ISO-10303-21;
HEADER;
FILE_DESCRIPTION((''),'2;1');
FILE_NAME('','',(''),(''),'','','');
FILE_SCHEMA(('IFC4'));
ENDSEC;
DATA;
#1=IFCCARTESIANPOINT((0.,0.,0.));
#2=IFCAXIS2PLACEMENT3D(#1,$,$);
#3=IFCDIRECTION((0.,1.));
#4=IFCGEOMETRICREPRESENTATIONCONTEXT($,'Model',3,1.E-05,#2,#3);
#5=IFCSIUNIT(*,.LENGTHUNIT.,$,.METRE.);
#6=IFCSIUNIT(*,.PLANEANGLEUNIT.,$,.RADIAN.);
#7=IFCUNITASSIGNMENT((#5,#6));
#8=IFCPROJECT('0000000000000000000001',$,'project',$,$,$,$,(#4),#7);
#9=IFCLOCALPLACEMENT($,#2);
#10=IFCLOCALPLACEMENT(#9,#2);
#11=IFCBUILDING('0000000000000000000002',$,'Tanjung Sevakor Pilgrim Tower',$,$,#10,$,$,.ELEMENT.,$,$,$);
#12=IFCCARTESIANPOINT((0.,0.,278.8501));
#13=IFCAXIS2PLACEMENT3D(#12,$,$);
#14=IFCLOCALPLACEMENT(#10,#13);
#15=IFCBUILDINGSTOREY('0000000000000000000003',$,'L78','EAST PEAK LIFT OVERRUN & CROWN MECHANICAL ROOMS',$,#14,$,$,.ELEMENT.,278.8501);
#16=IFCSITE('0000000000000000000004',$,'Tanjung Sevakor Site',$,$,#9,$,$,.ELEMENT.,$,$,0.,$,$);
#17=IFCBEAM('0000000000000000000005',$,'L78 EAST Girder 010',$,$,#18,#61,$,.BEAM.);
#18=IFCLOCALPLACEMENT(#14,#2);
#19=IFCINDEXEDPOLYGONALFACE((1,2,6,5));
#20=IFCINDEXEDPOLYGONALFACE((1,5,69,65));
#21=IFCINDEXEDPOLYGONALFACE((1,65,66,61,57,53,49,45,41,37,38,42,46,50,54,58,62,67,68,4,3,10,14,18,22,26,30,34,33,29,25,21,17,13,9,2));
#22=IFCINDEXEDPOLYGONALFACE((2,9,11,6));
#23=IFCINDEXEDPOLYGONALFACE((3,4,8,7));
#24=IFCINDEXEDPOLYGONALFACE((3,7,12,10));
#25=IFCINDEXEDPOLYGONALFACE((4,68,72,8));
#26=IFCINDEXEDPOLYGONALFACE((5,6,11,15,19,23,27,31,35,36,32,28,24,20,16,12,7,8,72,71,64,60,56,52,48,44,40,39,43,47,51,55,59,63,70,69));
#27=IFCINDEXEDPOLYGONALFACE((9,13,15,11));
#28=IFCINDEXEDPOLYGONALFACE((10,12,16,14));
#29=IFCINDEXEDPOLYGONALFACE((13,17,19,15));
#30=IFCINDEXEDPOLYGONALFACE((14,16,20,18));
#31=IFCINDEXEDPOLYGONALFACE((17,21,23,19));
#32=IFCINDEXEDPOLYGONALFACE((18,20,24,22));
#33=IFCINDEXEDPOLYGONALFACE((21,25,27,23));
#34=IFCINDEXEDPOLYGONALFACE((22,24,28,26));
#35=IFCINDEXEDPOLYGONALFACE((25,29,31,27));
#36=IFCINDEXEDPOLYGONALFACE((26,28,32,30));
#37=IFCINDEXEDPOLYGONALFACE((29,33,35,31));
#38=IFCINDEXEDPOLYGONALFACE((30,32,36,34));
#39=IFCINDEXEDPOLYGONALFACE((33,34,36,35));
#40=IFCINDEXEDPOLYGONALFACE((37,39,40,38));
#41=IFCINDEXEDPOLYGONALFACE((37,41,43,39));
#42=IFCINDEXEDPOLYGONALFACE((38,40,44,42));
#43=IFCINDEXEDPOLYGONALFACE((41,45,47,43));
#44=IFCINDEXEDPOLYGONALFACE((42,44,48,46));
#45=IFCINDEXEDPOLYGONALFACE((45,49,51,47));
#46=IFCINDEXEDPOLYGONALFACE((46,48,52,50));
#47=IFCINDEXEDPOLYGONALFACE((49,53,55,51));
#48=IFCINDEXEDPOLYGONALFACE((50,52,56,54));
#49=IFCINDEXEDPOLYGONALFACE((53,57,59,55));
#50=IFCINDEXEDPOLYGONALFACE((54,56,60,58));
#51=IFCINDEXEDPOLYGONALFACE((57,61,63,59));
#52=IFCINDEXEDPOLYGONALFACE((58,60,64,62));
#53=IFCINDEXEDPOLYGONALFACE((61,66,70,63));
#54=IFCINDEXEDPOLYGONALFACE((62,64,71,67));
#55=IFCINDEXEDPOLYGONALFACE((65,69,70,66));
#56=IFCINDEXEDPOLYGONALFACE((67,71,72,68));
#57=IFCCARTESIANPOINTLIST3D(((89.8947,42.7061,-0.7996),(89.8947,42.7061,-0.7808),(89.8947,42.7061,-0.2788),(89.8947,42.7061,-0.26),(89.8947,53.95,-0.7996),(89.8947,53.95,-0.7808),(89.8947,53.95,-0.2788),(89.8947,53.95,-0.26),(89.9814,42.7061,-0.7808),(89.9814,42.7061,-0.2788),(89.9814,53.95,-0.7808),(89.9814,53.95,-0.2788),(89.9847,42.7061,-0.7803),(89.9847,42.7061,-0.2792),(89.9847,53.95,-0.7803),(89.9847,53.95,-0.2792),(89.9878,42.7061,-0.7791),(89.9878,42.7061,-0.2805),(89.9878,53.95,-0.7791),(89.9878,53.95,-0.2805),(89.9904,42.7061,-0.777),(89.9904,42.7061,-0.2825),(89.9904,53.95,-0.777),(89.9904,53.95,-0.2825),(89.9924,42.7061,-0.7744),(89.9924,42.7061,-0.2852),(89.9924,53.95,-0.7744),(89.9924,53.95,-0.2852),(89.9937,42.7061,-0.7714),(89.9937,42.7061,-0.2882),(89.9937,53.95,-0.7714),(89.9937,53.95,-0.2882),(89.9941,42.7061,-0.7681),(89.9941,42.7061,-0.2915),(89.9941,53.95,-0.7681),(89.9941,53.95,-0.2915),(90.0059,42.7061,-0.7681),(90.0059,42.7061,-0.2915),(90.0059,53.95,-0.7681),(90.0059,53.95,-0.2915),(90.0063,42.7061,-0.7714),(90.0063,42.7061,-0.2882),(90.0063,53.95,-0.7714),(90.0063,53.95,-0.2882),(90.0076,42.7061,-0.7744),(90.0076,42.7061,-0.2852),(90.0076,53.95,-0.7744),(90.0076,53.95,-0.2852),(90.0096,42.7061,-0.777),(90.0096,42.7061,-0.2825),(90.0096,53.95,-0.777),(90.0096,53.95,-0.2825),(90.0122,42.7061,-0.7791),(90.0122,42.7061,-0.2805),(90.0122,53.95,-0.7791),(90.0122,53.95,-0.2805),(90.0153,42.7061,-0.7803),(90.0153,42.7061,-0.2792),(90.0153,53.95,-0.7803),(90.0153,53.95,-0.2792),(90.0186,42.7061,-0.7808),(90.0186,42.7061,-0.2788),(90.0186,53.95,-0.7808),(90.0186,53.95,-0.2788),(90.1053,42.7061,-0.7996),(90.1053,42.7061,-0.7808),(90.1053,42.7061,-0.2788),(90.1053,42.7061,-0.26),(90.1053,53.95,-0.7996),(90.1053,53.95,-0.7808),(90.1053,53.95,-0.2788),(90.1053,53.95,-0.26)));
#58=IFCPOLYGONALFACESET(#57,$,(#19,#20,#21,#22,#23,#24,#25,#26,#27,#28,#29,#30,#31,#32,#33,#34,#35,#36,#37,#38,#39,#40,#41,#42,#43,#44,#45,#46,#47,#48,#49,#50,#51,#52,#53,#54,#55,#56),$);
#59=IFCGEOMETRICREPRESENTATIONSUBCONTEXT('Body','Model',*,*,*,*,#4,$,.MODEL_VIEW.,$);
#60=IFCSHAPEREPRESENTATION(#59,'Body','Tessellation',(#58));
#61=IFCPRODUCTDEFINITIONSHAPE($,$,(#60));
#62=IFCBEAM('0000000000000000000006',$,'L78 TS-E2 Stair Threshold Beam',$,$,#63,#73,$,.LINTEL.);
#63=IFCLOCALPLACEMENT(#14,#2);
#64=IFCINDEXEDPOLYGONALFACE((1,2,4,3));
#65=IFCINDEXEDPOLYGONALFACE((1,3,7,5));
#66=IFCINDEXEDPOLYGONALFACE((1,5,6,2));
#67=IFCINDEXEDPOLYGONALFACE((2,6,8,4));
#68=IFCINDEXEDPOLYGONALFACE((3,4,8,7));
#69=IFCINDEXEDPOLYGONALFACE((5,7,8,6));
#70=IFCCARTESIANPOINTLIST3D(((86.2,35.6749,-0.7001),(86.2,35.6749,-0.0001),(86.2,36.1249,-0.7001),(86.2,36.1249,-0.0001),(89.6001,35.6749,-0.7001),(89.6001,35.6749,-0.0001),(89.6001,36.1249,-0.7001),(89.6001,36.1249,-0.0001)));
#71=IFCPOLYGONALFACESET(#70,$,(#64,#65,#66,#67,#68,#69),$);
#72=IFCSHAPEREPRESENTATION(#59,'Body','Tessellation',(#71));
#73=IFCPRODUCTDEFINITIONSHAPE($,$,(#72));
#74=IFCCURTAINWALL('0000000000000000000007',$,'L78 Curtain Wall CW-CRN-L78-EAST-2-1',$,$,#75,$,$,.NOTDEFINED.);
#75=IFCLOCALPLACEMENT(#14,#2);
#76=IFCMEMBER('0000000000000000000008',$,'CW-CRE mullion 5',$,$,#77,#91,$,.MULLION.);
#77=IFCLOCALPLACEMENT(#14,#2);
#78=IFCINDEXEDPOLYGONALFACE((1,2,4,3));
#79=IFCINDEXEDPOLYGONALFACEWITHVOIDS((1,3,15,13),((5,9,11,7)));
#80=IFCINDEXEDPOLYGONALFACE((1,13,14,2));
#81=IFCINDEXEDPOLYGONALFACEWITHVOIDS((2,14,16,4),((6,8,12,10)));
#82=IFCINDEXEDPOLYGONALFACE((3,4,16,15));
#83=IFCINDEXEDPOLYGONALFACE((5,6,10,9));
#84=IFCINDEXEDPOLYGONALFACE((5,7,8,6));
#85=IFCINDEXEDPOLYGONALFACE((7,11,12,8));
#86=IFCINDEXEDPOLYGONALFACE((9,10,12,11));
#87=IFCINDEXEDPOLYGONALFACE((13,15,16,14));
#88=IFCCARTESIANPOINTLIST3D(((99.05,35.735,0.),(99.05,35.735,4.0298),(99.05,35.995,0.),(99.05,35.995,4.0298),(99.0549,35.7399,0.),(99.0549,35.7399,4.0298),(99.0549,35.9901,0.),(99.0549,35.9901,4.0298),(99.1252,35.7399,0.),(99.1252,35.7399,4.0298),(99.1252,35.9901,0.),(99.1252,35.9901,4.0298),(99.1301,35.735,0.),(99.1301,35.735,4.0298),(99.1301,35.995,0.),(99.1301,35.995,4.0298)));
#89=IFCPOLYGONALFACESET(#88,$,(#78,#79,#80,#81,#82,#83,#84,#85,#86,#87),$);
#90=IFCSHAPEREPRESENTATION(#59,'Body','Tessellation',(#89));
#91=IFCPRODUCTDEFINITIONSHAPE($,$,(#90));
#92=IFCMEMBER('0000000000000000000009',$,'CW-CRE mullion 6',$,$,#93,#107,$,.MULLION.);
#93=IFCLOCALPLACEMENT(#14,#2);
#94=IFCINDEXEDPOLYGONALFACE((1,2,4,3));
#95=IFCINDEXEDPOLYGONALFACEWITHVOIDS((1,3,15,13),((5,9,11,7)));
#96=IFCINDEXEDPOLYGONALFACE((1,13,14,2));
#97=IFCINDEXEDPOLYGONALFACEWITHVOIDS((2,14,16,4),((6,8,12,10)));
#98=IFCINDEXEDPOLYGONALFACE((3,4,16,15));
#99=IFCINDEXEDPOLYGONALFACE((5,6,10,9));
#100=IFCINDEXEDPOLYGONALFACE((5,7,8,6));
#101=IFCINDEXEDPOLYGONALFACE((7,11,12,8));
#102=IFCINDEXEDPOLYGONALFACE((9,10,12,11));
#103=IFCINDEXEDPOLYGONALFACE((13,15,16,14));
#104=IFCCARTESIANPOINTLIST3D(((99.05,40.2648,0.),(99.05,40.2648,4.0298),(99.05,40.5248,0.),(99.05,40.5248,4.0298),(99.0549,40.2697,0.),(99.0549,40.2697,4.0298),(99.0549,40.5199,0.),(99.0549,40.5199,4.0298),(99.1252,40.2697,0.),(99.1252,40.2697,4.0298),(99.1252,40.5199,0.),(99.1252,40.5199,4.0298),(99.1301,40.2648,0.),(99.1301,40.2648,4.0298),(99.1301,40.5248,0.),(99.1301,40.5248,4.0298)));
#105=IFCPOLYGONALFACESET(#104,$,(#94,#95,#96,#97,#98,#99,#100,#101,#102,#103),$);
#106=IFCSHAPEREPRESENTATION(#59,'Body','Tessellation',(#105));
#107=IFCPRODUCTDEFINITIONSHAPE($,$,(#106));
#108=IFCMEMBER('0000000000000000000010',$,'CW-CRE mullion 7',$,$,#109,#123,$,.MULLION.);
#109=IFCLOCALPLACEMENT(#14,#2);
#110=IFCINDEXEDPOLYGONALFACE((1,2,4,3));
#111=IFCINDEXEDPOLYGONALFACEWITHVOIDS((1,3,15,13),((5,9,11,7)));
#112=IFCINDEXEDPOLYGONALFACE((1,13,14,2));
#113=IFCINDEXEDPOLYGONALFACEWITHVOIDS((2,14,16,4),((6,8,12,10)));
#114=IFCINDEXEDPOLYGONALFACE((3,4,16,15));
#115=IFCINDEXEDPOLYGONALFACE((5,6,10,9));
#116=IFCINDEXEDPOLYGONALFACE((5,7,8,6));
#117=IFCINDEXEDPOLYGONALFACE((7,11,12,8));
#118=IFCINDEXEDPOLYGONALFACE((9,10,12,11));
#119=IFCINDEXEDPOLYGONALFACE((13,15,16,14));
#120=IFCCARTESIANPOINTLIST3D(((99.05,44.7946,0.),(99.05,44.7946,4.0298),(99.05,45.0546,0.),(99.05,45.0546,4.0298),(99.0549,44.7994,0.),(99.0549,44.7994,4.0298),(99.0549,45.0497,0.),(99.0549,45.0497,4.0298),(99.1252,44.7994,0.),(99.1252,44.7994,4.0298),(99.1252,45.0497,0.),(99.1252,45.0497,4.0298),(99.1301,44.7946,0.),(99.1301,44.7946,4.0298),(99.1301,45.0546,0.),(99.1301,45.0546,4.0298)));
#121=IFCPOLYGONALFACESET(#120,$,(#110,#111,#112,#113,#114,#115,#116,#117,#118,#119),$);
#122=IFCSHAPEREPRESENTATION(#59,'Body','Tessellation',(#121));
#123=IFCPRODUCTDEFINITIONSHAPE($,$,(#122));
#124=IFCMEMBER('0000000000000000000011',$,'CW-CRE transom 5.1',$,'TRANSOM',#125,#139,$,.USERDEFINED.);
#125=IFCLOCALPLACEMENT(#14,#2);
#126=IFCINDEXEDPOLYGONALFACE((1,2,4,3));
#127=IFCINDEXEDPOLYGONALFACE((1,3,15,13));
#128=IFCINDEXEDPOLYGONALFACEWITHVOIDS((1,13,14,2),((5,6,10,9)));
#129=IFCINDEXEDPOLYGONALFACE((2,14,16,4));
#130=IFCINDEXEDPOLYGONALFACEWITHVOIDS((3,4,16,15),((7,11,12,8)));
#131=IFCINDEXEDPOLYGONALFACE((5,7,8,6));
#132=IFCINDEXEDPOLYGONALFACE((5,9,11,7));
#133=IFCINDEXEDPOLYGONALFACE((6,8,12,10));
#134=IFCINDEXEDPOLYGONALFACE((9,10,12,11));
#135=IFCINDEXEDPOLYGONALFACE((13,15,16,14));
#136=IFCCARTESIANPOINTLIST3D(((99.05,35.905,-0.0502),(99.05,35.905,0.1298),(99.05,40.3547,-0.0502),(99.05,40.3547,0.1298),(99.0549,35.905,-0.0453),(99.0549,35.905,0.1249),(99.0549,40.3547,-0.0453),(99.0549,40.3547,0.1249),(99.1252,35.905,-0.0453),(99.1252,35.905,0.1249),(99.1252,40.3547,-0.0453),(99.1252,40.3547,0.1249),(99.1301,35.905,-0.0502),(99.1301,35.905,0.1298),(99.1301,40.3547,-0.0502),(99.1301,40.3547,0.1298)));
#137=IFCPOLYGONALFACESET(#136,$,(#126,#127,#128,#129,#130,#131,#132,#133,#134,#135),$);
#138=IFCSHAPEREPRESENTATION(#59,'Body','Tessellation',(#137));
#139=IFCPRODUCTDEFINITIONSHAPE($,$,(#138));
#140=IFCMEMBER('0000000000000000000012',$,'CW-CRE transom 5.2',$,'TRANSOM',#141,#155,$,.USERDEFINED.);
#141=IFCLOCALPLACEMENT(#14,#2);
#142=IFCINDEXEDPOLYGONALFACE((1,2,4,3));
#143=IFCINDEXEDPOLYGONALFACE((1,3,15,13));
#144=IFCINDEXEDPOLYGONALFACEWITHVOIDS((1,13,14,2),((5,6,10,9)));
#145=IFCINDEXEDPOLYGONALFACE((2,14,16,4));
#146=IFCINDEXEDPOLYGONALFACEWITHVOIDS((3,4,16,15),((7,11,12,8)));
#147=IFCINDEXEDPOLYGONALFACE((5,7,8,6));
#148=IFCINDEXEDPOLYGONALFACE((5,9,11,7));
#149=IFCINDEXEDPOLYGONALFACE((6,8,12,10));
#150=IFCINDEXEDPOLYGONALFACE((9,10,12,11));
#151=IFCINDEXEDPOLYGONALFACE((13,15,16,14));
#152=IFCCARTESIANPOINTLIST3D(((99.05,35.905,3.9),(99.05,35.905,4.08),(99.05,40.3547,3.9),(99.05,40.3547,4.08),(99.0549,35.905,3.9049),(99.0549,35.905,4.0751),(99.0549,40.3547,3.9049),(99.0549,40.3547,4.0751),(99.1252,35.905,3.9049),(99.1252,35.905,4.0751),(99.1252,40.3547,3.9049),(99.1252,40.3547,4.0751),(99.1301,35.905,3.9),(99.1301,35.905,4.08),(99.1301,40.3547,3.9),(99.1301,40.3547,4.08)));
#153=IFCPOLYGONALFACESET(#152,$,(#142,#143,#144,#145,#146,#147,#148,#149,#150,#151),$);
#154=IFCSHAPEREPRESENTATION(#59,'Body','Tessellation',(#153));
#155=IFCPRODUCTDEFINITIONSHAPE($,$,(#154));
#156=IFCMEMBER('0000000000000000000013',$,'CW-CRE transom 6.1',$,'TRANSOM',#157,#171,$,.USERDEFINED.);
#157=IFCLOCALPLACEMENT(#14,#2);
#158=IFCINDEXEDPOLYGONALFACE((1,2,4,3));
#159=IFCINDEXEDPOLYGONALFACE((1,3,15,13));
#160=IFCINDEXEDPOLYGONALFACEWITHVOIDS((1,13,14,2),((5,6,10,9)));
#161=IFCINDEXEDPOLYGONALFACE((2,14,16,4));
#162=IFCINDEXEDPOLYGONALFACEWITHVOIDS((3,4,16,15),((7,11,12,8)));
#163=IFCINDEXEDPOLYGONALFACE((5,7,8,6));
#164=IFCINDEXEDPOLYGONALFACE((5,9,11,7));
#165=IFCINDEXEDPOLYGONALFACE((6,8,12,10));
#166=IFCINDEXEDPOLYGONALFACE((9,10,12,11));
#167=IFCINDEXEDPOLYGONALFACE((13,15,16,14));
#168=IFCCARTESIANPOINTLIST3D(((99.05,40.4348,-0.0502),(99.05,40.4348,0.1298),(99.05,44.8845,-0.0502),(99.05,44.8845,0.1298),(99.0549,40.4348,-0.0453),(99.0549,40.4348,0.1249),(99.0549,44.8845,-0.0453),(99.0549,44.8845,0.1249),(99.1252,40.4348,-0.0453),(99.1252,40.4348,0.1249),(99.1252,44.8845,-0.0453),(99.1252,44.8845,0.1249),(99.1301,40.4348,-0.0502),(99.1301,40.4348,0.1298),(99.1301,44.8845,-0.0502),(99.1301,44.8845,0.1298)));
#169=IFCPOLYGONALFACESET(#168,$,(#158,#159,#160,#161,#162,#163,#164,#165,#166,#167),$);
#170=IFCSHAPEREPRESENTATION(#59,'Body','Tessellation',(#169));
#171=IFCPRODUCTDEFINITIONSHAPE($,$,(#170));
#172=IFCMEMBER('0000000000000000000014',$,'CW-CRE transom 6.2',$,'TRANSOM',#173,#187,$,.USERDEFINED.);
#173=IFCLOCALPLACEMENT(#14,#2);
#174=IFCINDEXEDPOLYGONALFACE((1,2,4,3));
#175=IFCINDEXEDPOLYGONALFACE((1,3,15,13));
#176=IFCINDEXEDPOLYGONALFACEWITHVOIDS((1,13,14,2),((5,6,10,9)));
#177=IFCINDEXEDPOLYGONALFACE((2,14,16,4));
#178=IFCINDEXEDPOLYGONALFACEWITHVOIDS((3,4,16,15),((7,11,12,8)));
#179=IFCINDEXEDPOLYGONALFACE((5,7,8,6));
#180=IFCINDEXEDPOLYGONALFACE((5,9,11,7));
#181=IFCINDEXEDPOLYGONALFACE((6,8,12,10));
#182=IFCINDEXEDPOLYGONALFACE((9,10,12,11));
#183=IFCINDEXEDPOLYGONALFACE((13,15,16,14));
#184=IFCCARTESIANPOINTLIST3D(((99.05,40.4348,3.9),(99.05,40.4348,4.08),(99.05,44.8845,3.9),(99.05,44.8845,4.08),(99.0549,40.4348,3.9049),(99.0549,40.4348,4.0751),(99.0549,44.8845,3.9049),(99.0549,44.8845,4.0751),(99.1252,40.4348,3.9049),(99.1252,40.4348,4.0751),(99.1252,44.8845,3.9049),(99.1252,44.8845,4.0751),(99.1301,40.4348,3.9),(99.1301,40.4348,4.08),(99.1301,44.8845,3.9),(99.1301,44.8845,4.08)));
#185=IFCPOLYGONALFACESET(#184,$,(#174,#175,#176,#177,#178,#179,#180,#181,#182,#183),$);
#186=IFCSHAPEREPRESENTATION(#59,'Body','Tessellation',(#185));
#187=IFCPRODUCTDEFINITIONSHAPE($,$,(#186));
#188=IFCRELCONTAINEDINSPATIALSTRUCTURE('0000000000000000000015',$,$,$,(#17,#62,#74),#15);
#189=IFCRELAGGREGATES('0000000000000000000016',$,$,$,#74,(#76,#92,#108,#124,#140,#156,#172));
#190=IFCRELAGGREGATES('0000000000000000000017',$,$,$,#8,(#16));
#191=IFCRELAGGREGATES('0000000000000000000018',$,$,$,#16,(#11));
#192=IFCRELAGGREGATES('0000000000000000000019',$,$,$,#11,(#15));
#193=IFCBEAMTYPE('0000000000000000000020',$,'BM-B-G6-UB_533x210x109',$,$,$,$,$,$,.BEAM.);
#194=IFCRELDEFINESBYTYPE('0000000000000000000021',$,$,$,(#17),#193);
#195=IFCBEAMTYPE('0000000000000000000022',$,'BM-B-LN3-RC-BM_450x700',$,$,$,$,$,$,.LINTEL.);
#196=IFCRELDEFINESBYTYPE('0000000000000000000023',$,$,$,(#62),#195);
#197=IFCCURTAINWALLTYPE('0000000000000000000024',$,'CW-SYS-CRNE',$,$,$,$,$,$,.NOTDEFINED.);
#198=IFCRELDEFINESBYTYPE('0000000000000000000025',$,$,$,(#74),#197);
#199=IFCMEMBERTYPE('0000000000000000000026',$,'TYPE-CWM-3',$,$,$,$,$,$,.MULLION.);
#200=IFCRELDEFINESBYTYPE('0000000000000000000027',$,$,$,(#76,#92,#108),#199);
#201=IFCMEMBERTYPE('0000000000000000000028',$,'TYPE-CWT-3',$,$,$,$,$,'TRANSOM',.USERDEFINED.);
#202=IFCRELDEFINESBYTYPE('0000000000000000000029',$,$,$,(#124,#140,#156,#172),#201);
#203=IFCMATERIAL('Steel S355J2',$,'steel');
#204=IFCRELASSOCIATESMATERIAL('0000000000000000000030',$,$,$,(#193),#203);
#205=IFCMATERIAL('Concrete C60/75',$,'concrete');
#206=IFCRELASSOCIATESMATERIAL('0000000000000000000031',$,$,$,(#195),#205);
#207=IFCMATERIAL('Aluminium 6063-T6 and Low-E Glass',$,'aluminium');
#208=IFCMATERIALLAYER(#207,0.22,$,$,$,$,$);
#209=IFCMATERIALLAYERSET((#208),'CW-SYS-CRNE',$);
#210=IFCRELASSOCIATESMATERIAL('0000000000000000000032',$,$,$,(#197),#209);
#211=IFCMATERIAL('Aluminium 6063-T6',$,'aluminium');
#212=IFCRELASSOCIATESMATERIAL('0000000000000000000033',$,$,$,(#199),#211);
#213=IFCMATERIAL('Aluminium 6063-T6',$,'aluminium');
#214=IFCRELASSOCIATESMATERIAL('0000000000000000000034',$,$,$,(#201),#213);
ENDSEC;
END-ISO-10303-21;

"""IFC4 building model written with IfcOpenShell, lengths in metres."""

from ifc_helpers import new_model, si_unit, direction, frame, origin, origin_2d, place, context, subcontext, project, spatial, rectangle, hollow_rectangle, i_section, extrude, material, layer, layer_set, material_profile, profile_set, type_object, element, aggregate, save


model = new_model("IFC4")

# Units and contexts
model_context = context("Model", 3, precision=1e-05, world=origin(), true_north=direction((0.0, 1.0)))
body_context = subcontext(model_context, "Body", "Model", "MODEL_VIEW")
ifc_project = project(units=[si_unit("LENGTHUNIT", "METRE"), si_unit("PLANEANGLEUNIT", "RADIAN")], contexts=[model_context])

# Site, building, storey
site_placement = place(None, origin())
site = spatial("IfcSite", under=ifc_project, at=site_placement, Name="Tanjung Sevakor Site", CompositionType="ELEMENT", RefElevation=0.0)
building_placement = place(site_placement, origin())
building = spatial("IfcBuilding", under=site, at=building_placement, Name="Tanjung Sevakor Pilgrim Tower", CompositionType="ELEMENT")
storey_placement = place(building_placement, frame((0.0, 0.0, 278.8501)))
storey = spatial("IfcBuildingStorey", under=building, at=storey_placement, Name="L78", Description="EAST PEAK LIFT OVERRUN & CROWN MECHANICAL ROOMS", CompositionType="ELEMENT", Elevation=278.8501)

# Beams
ifc_material_1 = material(Name="Steel S355J2", Category="steel")
ifc_material_profile_1 = material_profile(ifc_material_1, i_section(OverallWidth=0.2107, OverallDepth=0.5396, WebThickness=0.0117, FlangeThickness=0.0188, FilletRadius=0.0127, at=origin_2d()))
ifc_profile_set_1 = profile_set([ifc_material_profile_1], Name="Steel S355J2")
beam_type_1 = type_object("IfcBeamType", Name="BM-B-G6-UB_533x210x109", PredefinedType="BEAM", material=ifc_profile_set_1)
beam_1_placement = place(storey_placement, frame((90.0, 42.7061, -0.5298), z_axis=(0.0, 1.0, 0.0), x_axis=(-1.0, 0.0, 0.0)))
element("IfcBeam", 1, at=beam_1_placement, inside=storey, type_object=beam_type_1, Name="L78 EAST Girder 010", PredefinedType="BEAM", context=body_context, shape_type="SweptSolid", body=[
    extrude(i_section(OverallWidth=0.2107, OverallDepth=0.5396, WebThickness=0.0117, FlangeThickness=0.0188, FilletRadius=0.0127, at=origin_2d()), origin(), (0.0, 0.0, 1.0), 11.2439),
])
ifc_material_2 = material(Name="Concrete C60/75", Category="concrete")
ifc_material_profile_2 = material_profile(ifc_material_2, rectangle(XDim=0.45, YDim=0.7, at=origin_2d()))
ifc_profile_set_2 = profile_set([ifc_material_profile_2], Name="Concrete C60/75")
beam_type_2 = type_object("IfcBeamType", Name="BM-B-LN3-RC-BM_450x700", PredefinedType="LINTEL", material=ifc_profile_set_2)
beam_2_placement = place(storey_placement, frame((86.2, 35.8999, -0.3501), z_axis=(1.0, 0.0, 0.0), x_axis=(0.0, 1.0, 0.0)))
element("IfcBeam", 2, at=beam_2_placement, inside=storey, type_object=beam_type_2, Name="L78 TS-E2 Stair Threshold Beam", PredefinedType="LINTEL", context=body_context, shape_type="SweptSolid", body=[
    extrude(rectangle(XDim=0.45, YDim=0.7, at=origin_2d()), origin(), (0.0, 0.0, 1.0), 3.4001),
])

# Curtain wall, members
ifc_material_3 = material(Name="Aluminium 6063-T6 and Low-E Glass", Category="aluminium")
ifc_layer_1 = layer(ifc_material_3, 0.22)
ifc_layer_set_1 = layer_set([ifc_layer_1], Name="CW-SYS-CRNE")
curtain_wall_type = type_object("IfcCurtainWallType", Name="CW-SYS-CRNE", PredefinedType="NOTDEFINED", material=ifc_layer_set_1)
curtain_wall_placement = place(storey_placement, origin())
curtain_wall = element("IfcCurtainWall", 3, at=curtain_wall_placement, inside=storey, type_object=curtain_wall_type, Name="L78 Curtain Wall CW-CRN-L78-EAST-2-1", PredefinedType="NOTDEFINED")
ifc_material_4 = material(Name="Aluminium 6063-T6", Category="aluminium")
ifc_material_profile_3 = material_profile(ifc_material_4, hollow_rectangle(XDim=0.0801, YDim=0.26, WallThickness=0.0049, at=origin_2d()))
ifc_profile_set_3 = profile_set([ifc_material_profile_3], Name="Aluminium 6063-T6")
member_type_1 = type_object("IfcMemberType", Name="TYPE-CWM-3", PredefinedType="MULLION", material=ifc_profile_set_3)
member_1_placement = place(storey_placement, frame((99.0901, 35.865, 0.0), z_axis=(0.0, 0.0, 1.0), x_axis=(-1.0, 0.0, 0.0)))
member_1 = element("IfcMember", 4, at=member_1_placement, type_object=member_type_1, Name="CW-CRE mullion 5", PredefinedType="MULLION", context=body_context, shape_type="SweptSolid", body=[
    extrude(hollow_rectangle(XDim=0.0801, YDim=0.26, WallThickness=0.0049, at=origin_2d()), origin(), (0.0, 0.0, 1.0), 4.0298),
])
member_2_placement = place(storey_placement, frame((99.0901, 40.3948, 0.0), z_axis=(0.0, 0.0, 1.0), x_axis=(-1.0, 0.0, 0.0)))
member_2 = element("IfcMember", 5, at=member_2_placement, type_object=member_type_1, Name="CW-CRE mullion 6", PredefinedType="MULLION", context=body_context, shape_type="SweptSolid", body=[
    extrude(hollow_rectangle(XDim=0.0801, YDim=0.26, WallThickness=0.0049, at=origin_2d()), origin(), (0.0, 0.0, 1.0), 4.0298),
])
member_3_placement = place(storey_placement, frame((99.0901, 44.9246, 0.0), z_axis=(0.0, 0.0, 1.0), x_axis=(-1.0, 0.0, 0.0)))
member_3 = element("IfcMember", 6, at=member_3_placement, type_object=member_type_1, Name="CW-CRE mullion 7", PredefinedType="MULLION", context=body_context, shape_type="SweptSolid", body=[
    extrude(hollow_rectangle(XDim=0.0801, YDim=0.26, WallThickness=0.0049, at=origin_2d()), origin(), (0.0, 0.0, 1.0), 4.0298),
])
ifc_material_5 = material(Name="Aluminium 6063-T6", Category="aluminium")
ifc_material_profile_4 = material_profile(ifc_material_5, hollow_rectangle(XDim=0.0801, YDim=0.1799, WallThickness=0.0049, at=origin_2d()))
ifc_profile_set_4 = profile_set([ifc_material_profile_4], Name="Aluminium 6063-T6")
member_type_2 = type_object("IfcMemberType", Name="TYPE-CWT-3", ElementType="TRANSOM", PredefinedType="USERDEFINED", material=ifc_profile_set_4)
member_4_placement = place(storey_placement, frame((99.0901, 35.905, 0.0398), z_axis=(0.0, 1.0, 0.0), x_axis=(-1.0, 0.0, 0.0)))
member_4 = element("IfcMember", 7, at=member_4_placement, type_object=member_type_2, Name="CW-CRE transom 5.1", ObjectType="TRANSOM", PredefinedType="USERDEFINED", context=body_context, shape_type="SweptSolid", body=[
    extrude(hollow_rectangle(XDim=0.0801, YDim=0.1799, WallThickness=0.0049, at=origin_2d()), origin(), (0.0, 0.0, 1.0), 4.4497),
])
member_5_placement = place(storey_placement, frame((99.0901, 35.905, 3.99), z_axis=(0.0, 1.0, 0.0), x_axis=(-1.0, 0.0, 0.0)))
member_5 = element("IfcMember", 8, at=member_5_placement, type_object=member_type_2, Name="CW-CRE transom 5.2", ObjectType="TRANSOM", PredefinedType="USERDEFINED", context=body_context, shape_type="SweptSolid", body=[
    extrude(hollow_rectangle(XDim=0.0801, YDim=0.1799, WallThickness=0.0049, at=origin_2d()), origin(), (0.0, 0.0, 1.0), 4.4497),
])
member_6_placement = place(storey_placement, frame((99.0901, 40.4348, 0.0398), z_axis=(0.0, 1.0, 0.0), x_axis=(-1.0, 0.0, 0.0)))
member_6 = element("IfcMember", 9, at=member_6_placement, type_object=member_type_2, Name="CW-CRE transom 6.1", ObjectType="TRANSOM", PredefinedType="USERDEFINED", context=body_context, shape_type="SweptSolid", body=[
    extrude(hollow_rectangle(XDim=0.0801, YDim=0.1799, WallThickness=0.0049, at=origin_2d()), origin(), (0.0, 0.0, 1.0), 4.4497),
])
member_7_placement = place(storey_placement, frame((99.0901, 40.4348, 3.99), z_axis=(0.0, 1.0, 0.0), x_axis=(-1.0, 0.0, 0.0)))
member_7 = element("IfcMember", 10, at=member_7_placement, type_object=member_type_2, Name="CW-CRE transom 6.2", ObjectType="TRANSOM", PredefinedType="USERDEFINED", context=body_context, shape_type="SweptSolid", body=[
    extrude(hollow_rectangle(XDim=0.0801, YDim=0.1799, WallThickness=0.0049, at=origin_2d()), origin(), (0.0, 0.0, 1.0), 4.4497),
])
aggregate(curtain_wall, [member_1, member_2, member_3, member_4, member_5, member_6, member_7])

save(model, "model.ifc")
